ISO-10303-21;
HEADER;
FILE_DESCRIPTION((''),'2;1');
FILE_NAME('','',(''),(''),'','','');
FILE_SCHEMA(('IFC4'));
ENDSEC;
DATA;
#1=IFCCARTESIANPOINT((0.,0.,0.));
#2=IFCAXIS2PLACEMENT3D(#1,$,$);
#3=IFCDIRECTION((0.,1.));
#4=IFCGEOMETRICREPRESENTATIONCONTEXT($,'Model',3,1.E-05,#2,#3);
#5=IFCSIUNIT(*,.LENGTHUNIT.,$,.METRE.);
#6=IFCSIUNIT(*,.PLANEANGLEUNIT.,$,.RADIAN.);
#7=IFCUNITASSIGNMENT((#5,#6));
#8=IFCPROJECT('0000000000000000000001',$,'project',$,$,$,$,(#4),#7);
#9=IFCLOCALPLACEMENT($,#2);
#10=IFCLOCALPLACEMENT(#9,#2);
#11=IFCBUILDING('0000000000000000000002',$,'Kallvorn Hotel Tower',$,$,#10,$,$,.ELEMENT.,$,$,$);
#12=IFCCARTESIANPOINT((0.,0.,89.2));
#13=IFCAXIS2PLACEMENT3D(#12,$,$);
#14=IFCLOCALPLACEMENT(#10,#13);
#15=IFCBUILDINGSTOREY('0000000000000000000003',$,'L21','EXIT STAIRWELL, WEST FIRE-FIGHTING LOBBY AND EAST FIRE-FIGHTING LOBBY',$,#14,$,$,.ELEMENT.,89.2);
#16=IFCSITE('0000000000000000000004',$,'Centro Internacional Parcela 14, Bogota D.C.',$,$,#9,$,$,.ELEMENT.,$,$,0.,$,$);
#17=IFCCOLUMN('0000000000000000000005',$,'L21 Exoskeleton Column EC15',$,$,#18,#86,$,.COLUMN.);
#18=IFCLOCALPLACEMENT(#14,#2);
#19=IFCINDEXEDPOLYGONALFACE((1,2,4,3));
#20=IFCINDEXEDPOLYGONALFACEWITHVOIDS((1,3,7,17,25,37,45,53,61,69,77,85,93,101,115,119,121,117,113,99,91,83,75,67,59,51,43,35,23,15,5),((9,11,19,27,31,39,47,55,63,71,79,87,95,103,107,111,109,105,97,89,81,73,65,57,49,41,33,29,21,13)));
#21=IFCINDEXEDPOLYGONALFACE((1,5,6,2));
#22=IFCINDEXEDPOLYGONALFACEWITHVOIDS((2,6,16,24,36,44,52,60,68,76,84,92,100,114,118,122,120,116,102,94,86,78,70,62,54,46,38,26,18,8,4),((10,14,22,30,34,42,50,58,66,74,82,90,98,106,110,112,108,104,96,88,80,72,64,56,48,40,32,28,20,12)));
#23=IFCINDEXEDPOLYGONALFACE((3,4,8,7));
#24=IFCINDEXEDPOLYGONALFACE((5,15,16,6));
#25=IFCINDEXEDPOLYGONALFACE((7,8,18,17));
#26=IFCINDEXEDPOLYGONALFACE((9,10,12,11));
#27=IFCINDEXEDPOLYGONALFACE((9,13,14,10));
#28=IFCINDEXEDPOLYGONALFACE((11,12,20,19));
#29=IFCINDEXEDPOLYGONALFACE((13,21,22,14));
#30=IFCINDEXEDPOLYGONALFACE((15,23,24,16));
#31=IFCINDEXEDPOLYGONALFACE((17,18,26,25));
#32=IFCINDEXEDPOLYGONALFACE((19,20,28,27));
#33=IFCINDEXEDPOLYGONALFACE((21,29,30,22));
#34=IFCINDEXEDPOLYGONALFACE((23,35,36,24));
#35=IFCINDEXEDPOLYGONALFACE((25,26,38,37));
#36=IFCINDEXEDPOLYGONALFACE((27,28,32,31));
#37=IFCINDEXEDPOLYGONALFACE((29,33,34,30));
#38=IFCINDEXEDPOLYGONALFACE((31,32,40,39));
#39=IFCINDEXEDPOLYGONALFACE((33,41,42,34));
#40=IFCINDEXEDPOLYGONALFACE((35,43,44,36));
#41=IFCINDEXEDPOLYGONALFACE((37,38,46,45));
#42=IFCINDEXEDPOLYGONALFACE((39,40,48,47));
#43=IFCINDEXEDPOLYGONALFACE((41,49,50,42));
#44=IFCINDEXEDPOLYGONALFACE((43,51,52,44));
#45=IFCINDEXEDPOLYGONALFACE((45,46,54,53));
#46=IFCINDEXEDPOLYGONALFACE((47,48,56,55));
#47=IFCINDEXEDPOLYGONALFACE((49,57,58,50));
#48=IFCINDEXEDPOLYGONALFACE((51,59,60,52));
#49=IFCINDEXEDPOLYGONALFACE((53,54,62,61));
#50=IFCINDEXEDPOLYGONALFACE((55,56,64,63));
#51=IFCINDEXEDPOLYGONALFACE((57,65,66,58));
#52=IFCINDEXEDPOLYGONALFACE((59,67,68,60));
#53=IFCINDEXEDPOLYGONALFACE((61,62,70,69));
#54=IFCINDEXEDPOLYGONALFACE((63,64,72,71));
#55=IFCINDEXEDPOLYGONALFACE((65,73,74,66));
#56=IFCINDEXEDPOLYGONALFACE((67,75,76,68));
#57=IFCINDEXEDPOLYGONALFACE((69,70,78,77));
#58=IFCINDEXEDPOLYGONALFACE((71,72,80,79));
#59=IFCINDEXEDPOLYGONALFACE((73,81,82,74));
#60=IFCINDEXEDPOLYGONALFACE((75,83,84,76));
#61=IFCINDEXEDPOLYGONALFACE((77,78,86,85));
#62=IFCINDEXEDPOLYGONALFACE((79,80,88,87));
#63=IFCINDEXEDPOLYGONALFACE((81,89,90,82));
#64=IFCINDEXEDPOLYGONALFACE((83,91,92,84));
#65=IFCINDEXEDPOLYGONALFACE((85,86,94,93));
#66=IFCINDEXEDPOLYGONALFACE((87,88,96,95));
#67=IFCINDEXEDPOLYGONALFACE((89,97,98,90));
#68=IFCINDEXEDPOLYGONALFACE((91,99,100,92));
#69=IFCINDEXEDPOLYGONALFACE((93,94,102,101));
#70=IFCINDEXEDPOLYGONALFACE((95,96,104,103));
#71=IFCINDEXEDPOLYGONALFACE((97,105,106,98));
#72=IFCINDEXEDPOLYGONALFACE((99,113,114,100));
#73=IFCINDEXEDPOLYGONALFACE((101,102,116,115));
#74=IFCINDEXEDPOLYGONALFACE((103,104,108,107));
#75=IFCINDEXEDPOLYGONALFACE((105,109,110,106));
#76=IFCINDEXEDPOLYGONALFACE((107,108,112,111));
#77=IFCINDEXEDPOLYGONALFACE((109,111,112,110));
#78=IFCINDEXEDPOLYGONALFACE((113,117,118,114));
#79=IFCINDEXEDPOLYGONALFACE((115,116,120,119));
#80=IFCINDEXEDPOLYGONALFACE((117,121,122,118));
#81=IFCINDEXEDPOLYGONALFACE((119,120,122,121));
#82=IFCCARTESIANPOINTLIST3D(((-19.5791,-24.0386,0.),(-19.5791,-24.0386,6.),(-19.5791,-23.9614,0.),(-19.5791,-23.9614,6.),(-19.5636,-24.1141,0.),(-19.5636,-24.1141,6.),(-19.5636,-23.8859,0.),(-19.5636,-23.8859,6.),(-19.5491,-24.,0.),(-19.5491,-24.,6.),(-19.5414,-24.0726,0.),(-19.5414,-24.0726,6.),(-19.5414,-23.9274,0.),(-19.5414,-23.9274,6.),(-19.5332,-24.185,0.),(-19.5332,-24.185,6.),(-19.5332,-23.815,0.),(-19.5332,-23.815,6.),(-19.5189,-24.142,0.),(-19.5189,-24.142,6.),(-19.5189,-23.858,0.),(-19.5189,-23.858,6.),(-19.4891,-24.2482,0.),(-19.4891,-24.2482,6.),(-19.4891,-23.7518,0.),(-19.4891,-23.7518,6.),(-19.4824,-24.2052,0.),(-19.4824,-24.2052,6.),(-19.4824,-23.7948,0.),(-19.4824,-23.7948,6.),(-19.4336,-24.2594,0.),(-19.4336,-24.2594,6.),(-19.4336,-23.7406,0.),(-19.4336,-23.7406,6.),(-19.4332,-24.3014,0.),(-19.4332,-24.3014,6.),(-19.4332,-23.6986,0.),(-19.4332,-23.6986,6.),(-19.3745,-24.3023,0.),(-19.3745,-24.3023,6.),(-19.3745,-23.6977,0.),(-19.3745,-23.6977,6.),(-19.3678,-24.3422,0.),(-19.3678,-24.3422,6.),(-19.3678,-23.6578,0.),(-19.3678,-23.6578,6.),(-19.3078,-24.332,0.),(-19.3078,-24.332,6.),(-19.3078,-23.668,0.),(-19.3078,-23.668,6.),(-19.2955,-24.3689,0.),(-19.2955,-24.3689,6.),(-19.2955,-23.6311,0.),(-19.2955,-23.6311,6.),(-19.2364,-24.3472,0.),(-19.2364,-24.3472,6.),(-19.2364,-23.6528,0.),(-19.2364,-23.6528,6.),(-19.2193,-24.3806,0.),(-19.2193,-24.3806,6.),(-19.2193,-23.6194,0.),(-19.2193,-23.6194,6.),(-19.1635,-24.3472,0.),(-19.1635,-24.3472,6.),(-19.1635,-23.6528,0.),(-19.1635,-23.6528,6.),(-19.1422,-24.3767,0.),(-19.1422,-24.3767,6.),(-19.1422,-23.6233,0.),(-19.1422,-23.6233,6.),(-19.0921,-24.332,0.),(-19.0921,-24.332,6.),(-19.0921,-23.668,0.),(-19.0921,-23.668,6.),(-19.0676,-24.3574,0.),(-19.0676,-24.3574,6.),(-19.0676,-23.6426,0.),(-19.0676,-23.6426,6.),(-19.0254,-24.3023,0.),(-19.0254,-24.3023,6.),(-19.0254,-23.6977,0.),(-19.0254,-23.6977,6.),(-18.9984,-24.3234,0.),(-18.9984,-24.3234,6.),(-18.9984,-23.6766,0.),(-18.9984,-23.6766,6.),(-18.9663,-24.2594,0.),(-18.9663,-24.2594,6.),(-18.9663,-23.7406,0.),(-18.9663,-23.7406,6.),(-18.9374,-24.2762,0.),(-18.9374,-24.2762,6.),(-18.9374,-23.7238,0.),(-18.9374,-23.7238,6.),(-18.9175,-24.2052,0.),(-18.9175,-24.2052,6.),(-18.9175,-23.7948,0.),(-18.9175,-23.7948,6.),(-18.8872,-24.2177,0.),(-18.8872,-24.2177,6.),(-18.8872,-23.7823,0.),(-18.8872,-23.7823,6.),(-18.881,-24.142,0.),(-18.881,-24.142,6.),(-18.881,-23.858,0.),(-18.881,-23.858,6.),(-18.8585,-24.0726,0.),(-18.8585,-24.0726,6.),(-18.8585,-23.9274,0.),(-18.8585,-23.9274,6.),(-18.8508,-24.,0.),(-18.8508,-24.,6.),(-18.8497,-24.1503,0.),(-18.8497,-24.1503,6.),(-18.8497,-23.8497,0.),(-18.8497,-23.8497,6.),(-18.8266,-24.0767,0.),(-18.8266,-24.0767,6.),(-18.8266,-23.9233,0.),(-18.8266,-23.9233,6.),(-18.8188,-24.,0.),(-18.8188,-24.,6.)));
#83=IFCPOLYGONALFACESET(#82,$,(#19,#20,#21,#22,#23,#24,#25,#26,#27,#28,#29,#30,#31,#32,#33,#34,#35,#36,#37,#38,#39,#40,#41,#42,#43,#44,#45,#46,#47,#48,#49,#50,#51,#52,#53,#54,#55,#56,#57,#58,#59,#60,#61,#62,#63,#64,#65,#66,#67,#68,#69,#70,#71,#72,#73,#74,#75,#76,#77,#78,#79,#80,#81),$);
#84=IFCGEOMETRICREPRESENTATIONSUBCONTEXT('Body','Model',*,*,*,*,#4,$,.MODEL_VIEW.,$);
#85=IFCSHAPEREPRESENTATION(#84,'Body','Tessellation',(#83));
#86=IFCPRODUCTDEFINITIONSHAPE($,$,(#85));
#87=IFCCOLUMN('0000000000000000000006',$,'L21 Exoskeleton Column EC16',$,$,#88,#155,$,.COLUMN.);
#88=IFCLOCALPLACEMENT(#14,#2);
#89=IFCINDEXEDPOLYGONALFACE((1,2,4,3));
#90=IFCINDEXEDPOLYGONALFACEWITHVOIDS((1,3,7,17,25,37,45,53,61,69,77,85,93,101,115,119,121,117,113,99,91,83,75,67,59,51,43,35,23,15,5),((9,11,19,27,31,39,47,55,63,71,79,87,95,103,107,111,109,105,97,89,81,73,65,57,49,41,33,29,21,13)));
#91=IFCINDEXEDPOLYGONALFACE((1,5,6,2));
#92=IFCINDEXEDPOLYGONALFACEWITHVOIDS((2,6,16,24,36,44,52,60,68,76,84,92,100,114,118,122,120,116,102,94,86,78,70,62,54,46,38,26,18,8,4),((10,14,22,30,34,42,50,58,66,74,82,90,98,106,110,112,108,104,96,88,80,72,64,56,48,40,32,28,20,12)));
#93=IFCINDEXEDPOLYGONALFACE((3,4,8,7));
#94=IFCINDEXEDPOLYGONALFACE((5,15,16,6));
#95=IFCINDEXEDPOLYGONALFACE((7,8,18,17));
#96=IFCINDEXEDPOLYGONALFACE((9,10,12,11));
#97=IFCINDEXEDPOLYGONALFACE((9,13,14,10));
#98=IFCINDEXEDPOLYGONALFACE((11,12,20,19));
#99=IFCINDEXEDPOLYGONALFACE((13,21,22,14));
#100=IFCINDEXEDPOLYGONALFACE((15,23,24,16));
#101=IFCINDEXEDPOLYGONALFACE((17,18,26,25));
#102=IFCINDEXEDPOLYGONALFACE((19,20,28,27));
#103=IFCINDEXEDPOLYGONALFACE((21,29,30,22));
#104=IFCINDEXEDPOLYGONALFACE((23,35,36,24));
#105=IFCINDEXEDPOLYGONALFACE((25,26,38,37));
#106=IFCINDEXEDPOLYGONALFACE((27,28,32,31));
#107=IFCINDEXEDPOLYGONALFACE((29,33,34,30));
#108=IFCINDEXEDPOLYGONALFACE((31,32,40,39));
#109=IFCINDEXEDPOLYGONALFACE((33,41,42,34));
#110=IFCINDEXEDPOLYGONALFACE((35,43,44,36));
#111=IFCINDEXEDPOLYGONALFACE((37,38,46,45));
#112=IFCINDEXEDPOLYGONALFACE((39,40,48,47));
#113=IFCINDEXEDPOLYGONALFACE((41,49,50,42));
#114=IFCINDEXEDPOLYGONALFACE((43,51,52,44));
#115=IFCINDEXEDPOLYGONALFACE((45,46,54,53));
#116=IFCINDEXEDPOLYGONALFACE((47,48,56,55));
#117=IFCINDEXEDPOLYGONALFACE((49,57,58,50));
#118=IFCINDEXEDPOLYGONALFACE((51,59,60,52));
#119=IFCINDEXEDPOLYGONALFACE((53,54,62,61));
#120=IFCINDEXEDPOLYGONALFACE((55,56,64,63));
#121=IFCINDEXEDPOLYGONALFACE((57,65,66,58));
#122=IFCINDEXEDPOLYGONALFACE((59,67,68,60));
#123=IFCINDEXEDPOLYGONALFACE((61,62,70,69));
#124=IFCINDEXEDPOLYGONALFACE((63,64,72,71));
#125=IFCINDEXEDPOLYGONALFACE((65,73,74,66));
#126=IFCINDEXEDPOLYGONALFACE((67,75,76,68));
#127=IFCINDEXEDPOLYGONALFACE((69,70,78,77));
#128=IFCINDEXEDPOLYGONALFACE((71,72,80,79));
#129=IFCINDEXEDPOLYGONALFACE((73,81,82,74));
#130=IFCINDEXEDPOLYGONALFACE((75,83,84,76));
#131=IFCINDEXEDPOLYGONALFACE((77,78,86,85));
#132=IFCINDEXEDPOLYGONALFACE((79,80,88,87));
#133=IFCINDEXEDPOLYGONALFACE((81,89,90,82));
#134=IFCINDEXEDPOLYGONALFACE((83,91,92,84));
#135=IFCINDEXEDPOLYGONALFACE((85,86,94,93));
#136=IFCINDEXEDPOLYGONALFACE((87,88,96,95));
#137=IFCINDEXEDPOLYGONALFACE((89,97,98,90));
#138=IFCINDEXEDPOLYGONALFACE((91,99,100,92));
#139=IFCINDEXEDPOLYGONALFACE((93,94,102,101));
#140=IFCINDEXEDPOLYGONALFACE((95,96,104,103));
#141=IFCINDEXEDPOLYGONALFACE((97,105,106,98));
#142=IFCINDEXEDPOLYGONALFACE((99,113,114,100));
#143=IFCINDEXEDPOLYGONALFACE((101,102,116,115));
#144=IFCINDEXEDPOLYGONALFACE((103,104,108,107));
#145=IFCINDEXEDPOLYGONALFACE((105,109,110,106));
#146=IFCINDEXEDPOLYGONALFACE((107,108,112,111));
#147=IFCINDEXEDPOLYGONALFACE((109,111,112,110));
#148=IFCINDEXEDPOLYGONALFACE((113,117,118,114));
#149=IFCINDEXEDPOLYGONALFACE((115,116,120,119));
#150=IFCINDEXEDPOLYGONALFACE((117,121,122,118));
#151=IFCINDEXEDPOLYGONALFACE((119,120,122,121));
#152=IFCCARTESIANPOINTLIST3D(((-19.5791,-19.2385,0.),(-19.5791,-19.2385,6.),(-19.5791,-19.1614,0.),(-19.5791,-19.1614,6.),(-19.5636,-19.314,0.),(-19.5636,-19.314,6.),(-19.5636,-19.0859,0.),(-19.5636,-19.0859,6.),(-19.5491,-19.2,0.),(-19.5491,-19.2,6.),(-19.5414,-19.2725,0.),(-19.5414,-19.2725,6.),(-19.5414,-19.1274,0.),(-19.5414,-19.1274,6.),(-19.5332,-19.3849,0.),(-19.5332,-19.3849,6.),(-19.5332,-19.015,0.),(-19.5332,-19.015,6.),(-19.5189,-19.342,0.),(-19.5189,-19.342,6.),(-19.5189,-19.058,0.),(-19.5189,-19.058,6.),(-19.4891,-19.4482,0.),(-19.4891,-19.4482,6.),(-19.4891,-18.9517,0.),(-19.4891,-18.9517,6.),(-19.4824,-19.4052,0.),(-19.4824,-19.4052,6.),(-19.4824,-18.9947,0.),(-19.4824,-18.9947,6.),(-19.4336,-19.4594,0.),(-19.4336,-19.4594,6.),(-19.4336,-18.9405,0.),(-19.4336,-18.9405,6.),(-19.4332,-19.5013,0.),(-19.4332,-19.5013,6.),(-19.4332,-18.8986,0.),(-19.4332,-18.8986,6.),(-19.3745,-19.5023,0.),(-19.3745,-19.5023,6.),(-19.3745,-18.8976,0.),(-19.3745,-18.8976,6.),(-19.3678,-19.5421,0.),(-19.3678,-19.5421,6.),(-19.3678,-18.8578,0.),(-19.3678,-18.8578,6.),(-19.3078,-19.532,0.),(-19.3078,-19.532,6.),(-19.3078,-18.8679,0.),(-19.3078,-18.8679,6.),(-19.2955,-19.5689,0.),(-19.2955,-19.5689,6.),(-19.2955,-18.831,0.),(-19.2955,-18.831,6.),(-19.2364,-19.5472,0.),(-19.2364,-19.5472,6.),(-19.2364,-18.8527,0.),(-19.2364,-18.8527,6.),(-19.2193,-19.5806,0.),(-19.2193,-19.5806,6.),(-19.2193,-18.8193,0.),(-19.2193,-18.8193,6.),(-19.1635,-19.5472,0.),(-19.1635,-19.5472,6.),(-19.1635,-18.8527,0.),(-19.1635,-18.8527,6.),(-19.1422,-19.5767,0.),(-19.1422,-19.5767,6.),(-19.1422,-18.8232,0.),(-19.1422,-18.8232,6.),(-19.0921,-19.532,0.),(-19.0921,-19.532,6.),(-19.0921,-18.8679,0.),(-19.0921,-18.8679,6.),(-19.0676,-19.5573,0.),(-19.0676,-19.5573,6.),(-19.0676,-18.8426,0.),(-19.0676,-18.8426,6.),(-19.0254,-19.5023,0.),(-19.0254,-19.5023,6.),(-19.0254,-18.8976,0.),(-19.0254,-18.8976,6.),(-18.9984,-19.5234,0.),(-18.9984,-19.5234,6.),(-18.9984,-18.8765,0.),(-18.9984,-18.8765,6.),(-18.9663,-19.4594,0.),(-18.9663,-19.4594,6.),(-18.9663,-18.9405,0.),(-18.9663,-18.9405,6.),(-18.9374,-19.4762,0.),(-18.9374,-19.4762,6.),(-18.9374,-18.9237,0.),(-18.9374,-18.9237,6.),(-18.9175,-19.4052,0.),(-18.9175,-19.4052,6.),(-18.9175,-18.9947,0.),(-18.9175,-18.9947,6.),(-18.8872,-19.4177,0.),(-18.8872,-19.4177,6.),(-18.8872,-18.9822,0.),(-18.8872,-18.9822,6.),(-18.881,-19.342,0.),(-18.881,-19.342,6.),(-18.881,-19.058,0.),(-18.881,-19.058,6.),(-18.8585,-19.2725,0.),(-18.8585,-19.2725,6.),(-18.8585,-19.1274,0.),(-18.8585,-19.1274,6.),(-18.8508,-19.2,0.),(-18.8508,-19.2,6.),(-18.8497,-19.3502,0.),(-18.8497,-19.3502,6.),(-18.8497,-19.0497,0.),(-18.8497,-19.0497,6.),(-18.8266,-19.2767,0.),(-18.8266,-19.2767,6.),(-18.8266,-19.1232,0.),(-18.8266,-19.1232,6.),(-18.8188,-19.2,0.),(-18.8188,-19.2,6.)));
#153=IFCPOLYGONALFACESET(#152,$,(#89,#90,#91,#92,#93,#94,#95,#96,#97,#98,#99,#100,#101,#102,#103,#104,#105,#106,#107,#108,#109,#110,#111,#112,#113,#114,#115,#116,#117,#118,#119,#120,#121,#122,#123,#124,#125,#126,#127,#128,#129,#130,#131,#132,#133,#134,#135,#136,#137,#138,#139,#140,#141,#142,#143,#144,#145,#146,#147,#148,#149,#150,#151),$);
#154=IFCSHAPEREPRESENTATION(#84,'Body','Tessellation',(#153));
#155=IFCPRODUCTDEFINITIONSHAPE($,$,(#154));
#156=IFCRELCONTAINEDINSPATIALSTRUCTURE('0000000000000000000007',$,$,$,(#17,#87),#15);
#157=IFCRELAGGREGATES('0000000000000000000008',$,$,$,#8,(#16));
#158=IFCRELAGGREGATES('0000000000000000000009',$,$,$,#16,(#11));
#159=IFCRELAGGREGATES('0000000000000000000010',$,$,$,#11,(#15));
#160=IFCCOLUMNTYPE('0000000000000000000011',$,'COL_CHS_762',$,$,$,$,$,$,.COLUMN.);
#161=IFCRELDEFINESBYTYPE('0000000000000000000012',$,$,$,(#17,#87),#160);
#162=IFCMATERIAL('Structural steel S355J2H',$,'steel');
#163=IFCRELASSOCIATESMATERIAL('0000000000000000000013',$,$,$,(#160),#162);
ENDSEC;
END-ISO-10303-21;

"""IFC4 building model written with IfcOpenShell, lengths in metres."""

from ifc_helpers import new_model, si_unit, direction, frame, origin, origin_2d, place, context, subcontext, project, spatial, hollow_circle, extrude, material, material_profile, profile_set, type_object, element, save


model = new_model("IFC4")

# Units and contexts
model_context = context("Model", 3, precision=1e-05, world=origin(), true_north=direction((0.0, 1.0)))
body_context = subcontext(model_context, "Body", "Model", "MODEL_VIEW")
ifc_project = project(units=[si_unit("LENGTHUNIT", "METRE"), si_unit("PLANEANGLEUNIT", "RADIAN")], contexts=[model_context])

# Site, building, storey
site_placement = place(None, origin())
site = spatial("IfcSite", under=ifc_project, at=site_placement, Name="Centro Internacional Parcela 14, Bogota D.C.", CompositionType="ELEMENT", RefElevation=0.0)
building_placement = place(site_placement, origin())
building = spatial("IfcBuilding", under=site, at=building_placement, Name="Kallvorn Hotel Tower", CompositionType="ELEMENT")
storey_placement = place(building_placement, frame((0.0, 0.0, 89.2)))
storey = spatial("IfcBuildingStorey", under=building, at=storey_placement, Name="L21", Description="EXIT STAIRWELL, WEST FIRE-FIGHTING LOBBY AND EAST FIRE-FIGHTING LOBBY", CompositionType="ELEMENT", Elevation=89.2)

# Columns
ifc_material_1 = material(Name="Structural steel S355J2H", Category="steel")
ifc_material_profile_1 = material_profile(ifc_material_1, hollow_circle(Radius=0.3811, WallThickness=0.032, at=origin_2d()), Name="CHS 762x32")
ifc_profile_set_1 = profile_set([ifc_material_profile_1], Name="Structural steel S355J2H")
column_type_1 = type_object("IfcColumnType", Name="COL_CHS_762", PredefinedType="COLUMN", material=ifc_profile_set_1)
for number, where, z_axis, x_axis, name in (
    (1, (-19.2, -24.0, 0.0), (0.0, 0.0, 1.0), (1.0, 0.0, 0.0), "L21 Exoskeleton Column EC15"),
    (2, (-19.2, -19.2, 0.0), (0.0, 0.0, 1.0), (1.0, 0.0, 0.0), "L21 Exoskeleton Column EC16"),
):
    element("IfcColumn", number, at=place(storey_placement, frame(where, z_axis=z_axis, x_axis=x_axis)), inside=storey, type_object=column_type_1, Name=name, PredefinedType="COLUMN", context=body_context, shape_type="SweptSolid", body=[
        extrude(hollow_circle(Radius=0.3811, WallThickness=0.032, at=origin_2d()), origin(), (0.0, 0.0, 1.0), 6.0),
    ])

save(model, "model.ifc")
